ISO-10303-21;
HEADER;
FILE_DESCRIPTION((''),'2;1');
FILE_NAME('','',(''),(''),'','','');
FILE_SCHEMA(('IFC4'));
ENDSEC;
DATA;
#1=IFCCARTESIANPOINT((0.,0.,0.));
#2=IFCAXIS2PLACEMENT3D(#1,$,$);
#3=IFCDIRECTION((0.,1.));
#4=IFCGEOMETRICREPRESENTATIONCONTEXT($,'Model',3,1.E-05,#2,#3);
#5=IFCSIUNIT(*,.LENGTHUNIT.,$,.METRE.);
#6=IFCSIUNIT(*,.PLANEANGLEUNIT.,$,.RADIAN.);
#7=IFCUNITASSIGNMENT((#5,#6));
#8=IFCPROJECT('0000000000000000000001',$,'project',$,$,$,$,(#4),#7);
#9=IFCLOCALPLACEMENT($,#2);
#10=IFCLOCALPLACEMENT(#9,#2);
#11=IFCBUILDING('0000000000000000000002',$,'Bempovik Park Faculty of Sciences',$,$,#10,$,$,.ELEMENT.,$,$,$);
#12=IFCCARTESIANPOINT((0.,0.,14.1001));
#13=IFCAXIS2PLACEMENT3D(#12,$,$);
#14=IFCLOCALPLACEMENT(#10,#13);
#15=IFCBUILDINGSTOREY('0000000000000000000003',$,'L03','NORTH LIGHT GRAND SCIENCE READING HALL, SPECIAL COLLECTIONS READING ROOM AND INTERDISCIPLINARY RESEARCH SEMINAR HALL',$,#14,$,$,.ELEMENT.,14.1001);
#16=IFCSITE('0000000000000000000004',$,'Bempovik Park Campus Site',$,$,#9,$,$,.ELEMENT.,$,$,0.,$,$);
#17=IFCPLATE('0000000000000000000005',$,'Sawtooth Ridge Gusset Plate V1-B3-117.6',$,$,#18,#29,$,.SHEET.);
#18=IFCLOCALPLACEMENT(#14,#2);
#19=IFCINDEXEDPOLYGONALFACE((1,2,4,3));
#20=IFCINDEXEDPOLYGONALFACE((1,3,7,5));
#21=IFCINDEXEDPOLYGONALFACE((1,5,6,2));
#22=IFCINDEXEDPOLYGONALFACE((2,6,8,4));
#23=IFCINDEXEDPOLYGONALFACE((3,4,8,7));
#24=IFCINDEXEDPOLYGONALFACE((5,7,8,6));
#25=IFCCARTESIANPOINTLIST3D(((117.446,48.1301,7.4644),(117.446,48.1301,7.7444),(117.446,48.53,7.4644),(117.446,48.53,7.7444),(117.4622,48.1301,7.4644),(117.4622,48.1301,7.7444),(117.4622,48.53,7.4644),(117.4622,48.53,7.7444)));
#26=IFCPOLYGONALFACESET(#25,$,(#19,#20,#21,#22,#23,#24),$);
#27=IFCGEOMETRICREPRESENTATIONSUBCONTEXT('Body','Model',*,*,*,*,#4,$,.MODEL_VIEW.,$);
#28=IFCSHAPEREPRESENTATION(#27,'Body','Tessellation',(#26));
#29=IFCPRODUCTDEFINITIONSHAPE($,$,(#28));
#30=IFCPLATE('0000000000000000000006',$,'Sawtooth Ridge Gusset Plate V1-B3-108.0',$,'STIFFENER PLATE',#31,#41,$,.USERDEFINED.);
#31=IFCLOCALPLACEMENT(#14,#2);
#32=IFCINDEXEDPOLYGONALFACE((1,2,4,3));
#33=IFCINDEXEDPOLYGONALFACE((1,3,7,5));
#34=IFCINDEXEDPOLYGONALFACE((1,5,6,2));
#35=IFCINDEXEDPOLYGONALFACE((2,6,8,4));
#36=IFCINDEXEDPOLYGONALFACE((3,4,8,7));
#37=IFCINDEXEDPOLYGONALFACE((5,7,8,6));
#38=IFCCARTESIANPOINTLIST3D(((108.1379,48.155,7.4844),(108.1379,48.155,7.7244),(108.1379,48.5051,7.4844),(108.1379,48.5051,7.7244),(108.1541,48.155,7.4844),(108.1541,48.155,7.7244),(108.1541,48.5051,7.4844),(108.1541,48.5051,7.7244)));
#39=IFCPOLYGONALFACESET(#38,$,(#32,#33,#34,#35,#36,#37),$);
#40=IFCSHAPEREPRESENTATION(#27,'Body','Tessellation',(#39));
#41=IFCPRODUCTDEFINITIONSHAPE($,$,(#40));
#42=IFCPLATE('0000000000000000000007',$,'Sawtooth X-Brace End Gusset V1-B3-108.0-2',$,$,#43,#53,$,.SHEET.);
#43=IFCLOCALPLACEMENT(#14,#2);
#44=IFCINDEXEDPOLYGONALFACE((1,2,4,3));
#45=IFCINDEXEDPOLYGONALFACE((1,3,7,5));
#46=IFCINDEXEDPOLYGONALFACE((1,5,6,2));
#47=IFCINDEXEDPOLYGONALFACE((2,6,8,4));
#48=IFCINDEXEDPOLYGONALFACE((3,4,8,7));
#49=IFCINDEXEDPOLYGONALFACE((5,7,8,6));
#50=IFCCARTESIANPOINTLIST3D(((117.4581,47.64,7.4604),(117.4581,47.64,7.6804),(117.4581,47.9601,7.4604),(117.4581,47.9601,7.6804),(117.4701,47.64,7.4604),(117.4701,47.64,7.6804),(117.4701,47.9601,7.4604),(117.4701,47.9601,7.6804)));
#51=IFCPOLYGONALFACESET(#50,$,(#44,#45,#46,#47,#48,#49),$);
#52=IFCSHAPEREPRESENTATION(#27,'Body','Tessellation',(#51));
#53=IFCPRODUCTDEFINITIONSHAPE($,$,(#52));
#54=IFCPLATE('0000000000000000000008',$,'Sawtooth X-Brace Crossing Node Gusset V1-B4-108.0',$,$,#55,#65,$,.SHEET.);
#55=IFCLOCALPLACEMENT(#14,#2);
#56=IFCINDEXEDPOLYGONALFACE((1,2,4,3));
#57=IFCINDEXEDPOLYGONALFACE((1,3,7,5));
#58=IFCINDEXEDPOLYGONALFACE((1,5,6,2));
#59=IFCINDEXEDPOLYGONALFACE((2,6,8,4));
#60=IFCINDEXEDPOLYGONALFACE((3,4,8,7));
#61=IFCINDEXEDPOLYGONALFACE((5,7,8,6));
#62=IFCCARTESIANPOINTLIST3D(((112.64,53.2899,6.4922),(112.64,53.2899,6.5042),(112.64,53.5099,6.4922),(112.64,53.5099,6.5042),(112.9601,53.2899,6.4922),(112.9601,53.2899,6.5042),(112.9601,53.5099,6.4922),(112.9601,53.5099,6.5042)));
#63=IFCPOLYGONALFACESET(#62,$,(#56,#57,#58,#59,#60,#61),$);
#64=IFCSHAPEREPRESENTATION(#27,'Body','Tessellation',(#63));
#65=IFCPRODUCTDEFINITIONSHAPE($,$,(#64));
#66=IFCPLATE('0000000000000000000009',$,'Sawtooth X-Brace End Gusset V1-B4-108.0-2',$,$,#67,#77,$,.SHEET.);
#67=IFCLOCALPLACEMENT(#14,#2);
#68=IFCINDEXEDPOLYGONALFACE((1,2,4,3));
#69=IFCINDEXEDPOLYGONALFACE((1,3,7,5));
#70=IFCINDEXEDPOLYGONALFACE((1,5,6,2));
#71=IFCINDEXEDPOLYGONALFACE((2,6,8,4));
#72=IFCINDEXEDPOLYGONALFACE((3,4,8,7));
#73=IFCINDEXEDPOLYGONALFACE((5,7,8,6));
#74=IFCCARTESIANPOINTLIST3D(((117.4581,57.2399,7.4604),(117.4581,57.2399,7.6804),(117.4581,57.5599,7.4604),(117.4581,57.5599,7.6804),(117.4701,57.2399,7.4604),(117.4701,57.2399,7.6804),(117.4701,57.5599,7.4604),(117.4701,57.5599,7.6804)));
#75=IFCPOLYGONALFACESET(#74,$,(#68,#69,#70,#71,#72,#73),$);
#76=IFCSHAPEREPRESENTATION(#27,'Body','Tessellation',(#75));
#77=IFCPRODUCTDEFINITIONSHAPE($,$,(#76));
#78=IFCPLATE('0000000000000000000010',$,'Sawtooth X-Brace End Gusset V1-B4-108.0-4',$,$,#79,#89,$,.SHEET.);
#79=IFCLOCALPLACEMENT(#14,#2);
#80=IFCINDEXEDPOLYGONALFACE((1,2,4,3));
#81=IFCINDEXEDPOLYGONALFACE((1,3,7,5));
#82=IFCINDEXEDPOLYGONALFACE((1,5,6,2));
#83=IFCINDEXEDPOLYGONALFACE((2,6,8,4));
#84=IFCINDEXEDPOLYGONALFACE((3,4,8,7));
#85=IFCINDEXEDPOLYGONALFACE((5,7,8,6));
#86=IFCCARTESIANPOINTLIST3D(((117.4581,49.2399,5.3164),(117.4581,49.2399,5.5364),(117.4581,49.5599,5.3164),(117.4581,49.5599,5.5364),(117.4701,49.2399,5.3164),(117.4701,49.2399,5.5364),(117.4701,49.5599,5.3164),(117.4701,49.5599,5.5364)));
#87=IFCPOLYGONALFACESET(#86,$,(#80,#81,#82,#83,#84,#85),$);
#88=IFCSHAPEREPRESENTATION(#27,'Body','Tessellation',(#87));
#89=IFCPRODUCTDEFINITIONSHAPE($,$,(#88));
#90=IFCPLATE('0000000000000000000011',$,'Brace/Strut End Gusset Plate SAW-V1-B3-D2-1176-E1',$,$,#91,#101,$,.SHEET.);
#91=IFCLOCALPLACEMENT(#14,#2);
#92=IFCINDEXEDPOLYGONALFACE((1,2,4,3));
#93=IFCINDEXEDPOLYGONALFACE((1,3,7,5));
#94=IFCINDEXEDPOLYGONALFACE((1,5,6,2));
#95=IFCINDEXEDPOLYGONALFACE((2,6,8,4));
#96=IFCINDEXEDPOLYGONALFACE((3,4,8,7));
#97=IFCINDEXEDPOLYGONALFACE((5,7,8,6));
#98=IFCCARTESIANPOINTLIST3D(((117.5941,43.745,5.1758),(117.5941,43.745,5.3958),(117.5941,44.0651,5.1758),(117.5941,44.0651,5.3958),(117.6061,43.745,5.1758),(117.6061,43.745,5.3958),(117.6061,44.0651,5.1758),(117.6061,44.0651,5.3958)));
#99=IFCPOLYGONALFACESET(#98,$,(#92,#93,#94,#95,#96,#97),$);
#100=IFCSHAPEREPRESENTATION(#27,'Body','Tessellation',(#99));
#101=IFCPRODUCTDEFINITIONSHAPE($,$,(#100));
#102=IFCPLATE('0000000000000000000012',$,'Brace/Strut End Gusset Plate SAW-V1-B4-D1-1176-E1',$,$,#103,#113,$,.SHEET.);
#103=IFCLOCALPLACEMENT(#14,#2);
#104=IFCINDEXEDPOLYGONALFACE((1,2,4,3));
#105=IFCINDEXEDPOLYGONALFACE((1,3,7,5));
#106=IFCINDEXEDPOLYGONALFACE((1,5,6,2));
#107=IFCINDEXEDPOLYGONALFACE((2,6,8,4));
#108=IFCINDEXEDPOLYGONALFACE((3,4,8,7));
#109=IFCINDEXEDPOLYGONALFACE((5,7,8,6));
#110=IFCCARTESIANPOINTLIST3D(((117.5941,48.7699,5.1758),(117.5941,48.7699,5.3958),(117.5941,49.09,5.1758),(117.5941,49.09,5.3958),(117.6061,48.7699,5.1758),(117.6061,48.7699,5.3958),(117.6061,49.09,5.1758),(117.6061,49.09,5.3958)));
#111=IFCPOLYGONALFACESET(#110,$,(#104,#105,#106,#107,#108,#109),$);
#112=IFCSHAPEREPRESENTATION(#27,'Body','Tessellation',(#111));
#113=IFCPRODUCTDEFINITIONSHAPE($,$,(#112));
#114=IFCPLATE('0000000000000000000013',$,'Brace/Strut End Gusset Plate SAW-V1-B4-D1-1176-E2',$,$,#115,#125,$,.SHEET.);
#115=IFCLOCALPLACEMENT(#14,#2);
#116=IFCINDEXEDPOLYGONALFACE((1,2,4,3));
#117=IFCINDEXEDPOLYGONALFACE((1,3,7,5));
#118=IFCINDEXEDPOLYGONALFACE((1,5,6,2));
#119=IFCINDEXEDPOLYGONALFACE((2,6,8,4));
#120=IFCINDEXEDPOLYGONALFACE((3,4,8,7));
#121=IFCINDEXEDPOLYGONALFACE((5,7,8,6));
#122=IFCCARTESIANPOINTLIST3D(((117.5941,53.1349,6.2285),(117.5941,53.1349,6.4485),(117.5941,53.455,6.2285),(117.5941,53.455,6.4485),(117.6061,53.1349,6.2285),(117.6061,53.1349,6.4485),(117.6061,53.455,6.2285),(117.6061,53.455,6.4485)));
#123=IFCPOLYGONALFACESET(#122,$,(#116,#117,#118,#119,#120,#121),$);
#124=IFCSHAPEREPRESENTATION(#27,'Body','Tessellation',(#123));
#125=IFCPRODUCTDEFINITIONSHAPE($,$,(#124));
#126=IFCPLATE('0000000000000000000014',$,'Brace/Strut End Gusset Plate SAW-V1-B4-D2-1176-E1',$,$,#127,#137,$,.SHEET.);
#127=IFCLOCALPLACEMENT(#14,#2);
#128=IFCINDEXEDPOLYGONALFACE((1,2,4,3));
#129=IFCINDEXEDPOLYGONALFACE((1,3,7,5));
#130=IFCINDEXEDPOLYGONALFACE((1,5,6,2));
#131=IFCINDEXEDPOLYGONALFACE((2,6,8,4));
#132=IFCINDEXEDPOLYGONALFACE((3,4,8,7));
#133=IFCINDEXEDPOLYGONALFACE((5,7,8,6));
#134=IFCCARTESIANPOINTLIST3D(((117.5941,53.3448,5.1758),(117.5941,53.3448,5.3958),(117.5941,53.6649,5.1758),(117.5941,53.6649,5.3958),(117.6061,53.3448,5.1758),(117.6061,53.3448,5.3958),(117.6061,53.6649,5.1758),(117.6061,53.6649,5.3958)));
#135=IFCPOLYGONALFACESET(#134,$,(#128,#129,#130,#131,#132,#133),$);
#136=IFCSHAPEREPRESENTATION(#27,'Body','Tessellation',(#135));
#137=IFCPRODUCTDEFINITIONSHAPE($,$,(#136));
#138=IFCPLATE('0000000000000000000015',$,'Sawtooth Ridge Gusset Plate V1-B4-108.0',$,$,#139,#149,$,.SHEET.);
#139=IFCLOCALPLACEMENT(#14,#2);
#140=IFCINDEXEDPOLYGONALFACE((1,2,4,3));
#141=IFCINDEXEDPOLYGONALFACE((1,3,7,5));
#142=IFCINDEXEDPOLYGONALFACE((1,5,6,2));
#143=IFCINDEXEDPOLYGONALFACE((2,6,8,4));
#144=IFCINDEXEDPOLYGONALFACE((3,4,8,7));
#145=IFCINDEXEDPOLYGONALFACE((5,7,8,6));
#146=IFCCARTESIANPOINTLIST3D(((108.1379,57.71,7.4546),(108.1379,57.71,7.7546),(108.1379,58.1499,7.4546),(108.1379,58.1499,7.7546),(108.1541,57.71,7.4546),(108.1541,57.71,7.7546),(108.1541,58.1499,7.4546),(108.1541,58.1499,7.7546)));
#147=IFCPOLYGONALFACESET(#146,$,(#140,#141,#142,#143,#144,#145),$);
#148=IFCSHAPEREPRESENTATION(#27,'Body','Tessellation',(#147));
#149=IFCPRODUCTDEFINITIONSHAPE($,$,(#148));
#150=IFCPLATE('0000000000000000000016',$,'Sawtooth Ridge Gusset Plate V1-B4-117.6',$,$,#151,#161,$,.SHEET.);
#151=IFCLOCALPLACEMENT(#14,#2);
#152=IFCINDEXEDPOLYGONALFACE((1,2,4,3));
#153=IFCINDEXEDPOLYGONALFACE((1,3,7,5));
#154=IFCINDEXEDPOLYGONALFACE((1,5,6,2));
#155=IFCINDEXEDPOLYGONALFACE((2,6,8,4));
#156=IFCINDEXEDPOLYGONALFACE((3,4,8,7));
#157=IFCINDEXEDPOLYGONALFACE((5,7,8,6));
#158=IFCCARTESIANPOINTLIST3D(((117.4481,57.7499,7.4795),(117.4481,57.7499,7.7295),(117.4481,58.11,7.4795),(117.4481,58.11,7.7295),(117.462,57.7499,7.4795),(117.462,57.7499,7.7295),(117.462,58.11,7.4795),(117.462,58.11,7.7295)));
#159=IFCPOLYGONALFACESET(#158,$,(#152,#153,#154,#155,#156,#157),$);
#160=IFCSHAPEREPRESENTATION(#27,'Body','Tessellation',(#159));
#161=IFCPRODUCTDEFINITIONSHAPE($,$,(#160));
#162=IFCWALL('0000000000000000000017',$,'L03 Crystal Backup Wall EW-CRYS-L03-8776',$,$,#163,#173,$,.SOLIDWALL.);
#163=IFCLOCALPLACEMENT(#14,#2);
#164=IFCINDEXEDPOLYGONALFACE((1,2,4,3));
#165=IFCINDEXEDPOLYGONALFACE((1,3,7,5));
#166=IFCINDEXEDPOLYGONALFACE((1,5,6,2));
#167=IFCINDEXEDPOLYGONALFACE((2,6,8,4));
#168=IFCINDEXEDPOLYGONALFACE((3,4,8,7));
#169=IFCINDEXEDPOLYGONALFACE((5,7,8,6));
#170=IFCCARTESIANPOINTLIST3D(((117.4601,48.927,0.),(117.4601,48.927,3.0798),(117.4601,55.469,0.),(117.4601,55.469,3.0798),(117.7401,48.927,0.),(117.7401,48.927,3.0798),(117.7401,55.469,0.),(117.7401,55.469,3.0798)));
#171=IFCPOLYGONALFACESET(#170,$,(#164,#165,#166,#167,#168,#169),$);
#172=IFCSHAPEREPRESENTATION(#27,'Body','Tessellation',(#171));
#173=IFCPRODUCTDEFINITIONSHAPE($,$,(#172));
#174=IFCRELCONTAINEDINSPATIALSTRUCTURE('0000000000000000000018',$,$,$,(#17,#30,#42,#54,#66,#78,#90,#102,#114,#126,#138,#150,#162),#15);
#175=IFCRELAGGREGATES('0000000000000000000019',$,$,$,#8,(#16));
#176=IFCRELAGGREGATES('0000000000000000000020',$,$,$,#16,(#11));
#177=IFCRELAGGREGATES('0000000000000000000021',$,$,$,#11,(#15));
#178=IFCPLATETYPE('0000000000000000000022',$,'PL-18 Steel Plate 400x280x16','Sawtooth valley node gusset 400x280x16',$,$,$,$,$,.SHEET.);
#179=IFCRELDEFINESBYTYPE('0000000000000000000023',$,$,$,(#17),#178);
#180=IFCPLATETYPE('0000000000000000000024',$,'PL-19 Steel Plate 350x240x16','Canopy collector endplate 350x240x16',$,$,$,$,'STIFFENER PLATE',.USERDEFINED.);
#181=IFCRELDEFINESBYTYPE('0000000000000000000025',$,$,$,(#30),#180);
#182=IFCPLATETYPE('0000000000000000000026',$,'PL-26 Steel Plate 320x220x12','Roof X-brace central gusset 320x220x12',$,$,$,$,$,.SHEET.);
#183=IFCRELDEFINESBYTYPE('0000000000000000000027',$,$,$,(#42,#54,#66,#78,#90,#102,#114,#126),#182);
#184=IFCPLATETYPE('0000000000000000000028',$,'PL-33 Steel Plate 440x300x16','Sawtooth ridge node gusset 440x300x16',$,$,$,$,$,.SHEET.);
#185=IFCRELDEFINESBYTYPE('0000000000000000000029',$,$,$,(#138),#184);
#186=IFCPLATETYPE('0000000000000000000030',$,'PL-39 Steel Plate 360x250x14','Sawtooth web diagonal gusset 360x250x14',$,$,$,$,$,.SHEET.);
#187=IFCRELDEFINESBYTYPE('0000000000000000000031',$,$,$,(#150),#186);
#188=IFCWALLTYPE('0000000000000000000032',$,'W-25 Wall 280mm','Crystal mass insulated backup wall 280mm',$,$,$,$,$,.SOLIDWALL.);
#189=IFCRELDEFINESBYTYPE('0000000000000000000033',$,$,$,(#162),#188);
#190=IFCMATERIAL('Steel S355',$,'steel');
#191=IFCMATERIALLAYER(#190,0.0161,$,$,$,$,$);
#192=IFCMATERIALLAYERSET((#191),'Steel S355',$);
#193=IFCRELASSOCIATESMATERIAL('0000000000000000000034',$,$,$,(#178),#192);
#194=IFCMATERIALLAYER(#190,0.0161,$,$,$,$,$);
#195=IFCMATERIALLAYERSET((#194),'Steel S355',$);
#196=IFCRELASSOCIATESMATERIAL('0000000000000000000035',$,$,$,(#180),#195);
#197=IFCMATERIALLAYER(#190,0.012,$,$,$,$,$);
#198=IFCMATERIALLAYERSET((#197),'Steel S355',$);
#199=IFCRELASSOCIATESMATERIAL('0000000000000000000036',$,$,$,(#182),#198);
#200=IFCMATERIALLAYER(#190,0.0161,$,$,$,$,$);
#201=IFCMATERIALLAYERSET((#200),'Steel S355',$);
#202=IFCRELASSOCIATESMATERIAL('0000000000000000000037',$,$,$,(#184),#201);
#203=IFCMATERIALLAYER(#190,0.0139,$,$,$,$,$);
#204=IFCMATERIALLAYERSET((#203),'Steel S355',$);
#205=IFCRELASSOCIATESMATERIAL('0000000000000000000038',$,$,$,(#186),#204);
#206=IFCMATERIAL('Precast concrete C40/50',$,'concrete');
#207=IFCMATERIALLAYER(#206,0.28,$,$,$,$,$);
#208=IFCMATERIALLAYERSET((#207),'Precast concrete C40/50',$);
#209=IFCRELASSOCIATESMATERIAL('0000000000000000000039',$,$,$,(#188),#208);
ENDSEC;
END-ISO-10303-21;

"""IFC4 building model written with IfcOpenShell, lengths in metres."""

from ifc_helpers import new_model, si_unit, direction, frame, frame_2d, origin, origin_2d, place, context, subcontext, project, spatial, rectangle, extrude, material, layer, layer_set, type_object, element, save


model = new_model("IFC4")

# Units and contexts
model_context = context("Model", 3, precision=1e-05, world=origin(), true_north=direction((0.0, 1.0)))
body_context = subcontext(model_context, "Body", "Model", "MODEL_VIEW")
ifc_project = project(units=[si_unit("LENGTHUNIT", "METRE"), si_unit("PLANEANGLEUNIT", "RADIAN")], contexts=[model_context])

# Site, building, storey
site_placement = place(None, origin())
site = spatial("IfcSite", under=ifc_project, at=site_placement, Name="Bempovik Park Campus Site", CompositionType="ELEMENT", RefElevation=0.0)
building_placement = place(site_placement, origin())
building = spatial("IfcBuilding", under=site, at=building_placement, Name="Bempovik Park Faculty of Sciences", CompositionType="ELEMENT")
storey_placement = place(building_placement, frame((0.0, 0.0, 14.1001)))
storey = spatial("IfcBuildingStorey", under=building, at=storey_placement, Name="L03", Description="NORTH LIGHT GRAND SCIENCE READING HALL, SPECIAL COLLECTIONS READING ROOM AND INTERDISCIPLINARY RESEARCH SEMINAR HALL", CompositionType="ELEMENT", Elevation=14.1001)

# Shared definitions
ifc_material_1 = material(Name="Steel S355", Category="steel")

# Plates
ifc_layer_1 = layer(ifc_material_1, 0.0161)
ifc_layer_set_1 = layer_set([ifc_layer_1], Name="Steel S355")
plate_type_1 = type_object("IfcPlateType", Name="PL-18 Steel Plate 400x280x16", Description="Sawtooth valley node gusset 400x280x16", PredefinedType="SHEET", material=ifc_layer_set_1)
plate_1_placement = place(storey_placement, frame((117.4541, 48.3301, 7.4644), z_axis=(0.0, 0.0, 1.0), x_axis=(1.0, 0.0, 0.0)))
element("IfcPlate", 1, at=plate_1_placement, inside=storey, type_object=plate_type_1, Name="Sawtooth Ridge Gusset Plate V1-B3-117.6", PredefinedType="SHEET", context=body_context, shape_type="SweptSolid", body=[
    extrude(rectangle(XDim=0.0161, YDim=0.3999, at=origin_2d()), origin(), (0.0, 0.0, 1.0), 0.28),
])
ifc_layer_2 = layer(ifc_material_1, 0.0161)
ifc_layer_set_2 = layer_set([ifc_layer_2], Name="Steel S355")
plate_type_2 = type_object("IfcPlateType", Name="PL-19 Steel Plate 350x240x16", Description="Canopy collector endplate 350x240x16", ElementType="STIFFENER PLATE", PredefinedType="USERDEFINED", material=ifc_layer_set_2)
plate_2_placement = place(storey_placement, frame((108.146, 48.3301, 7.4844), z_axis=(0.0, 0.0, 1.0), x_axis=(1.0, 0.0, 0.0)))
element("IfcPlate", 2, at=plate_2_placement, inside=storey, type_object=plate_type_2, Name="Sawtooth Ridge Gusset Plate V1-B3-108.0", ObjectType="STIFFENER PLATE", PredefinedType="USERDEFINED", context=body_context, shape_type="SweptSolid", body=[
    extrude(rectangle(XDim=0.0161, YDim=0.3501, at=origin_2d()), origin(), (0.0, 0.0, 1.0), 0.24),
])
ifc_layer_3 = layer(ifc_material_1, 0.012)
ifc_layer_set_3 = layer_set([ifc_layer_3], Name="Steel S355")
plate_type_3 = type_object("IfcPlateType", Name="PL-26 Steel Plate 320x220x12", Description="Roof X-brace central gusset 320x220x12", PredefinedType="SHEET", material=ifc_layer_set_3)
plate_3_placement = place(storey_placement, frame((117.4641, 47.8, 7.4604), z_axis=(0.0, 0.0, 1.0), x_axis=(1.0, 0.0, 0.0)))
element("IfcPlate", 3, at=plate_3_placement, inside=storey, type_object=plate_type_3, Name="Sawtooth X-Brace End Gusset V1-B3-108.0-2", PredefinedType="SHEET", context=body_context, shape_type="SweptSolid", body=[
    extrude(rectangle(XDim=0.012, YDim=0.3201, at=origin_2d()), origin(), (0.0, 0.0, 1.0), 0.22),
])
plate_4_placement = place(storey_placement, frame((112.8, 53.3999, 6.4922), z_axis=(0.0, 0.0, 1.0), x_axis=(1.0, 0.0, 0.0)))
element("IfcPlate", 4, at=plate_4_placement, inside=storey, type_object=plate_type_3, Name="Sawtooth X-Brace Crossing Node Gusset V1-B4-108.0", PredefinedType="SHEET", context=body_context, shape_type="SweptSolid", body=[
    extrude(rectangle(XDim=0.3201, YDim=0.22, at=origin_2d()), origin(), (0.0, 0.0, 1.0), 0.012),
])
for number, where, z_axis, x_axis, name in (
    (5, (117.4641, 57.3999, 7.4604), (0.0, 0.0, 1.0), (1.0, 0.0, 0.0), "Sawtooth X-Brace End Gusset V1-B4-108.0-2"),
    (6, (117.4641, 49.3999, 5.3164), (0.0, 0.0, 1.0), (1.0, 0.0, 0.0), "Sawtooth X-Brace End Gusset V1-B4-108.0-4"),
    (7, (117.6001, 43.905, 5.1758), (0.0, 0.0, 1.0), (1.0, 0.0, 0.0), "Brace/Strut End Gusset Plate SAW-V1-B3-D2-1176-E1"),
    (8, (117.6001, 48.9299, 5.1758), (0.0, 0.0, 1.0), (1.0, 0.0, 0.0), "Brace/Strut End Gusset Plate SAW-V1-B4-D1-1176-E1"),
    (9, (117.6001, 53.2949, 6.2285), (0.0, 0.0, 1.0), (1.0, 0.0, 0.0), "Brace/Strut End Gusset Plate SAW-V1-B4-D1-1176-E2"),
    (10, (117.6001, 53.5049, 5.1758), (0.0, 0.0, 1.0), (1.0, 0.0, 0.0), "Brace/Strut End Gusset Plate SAW-V1-B4-D2-1176-E1"),
):
    element("IfcPlate", number, at=place(storey_placement, frame(where, z_axis=z_axis, x_axis=x_axis)), inside=storey, type_object=plate_type_3, Name=name, PredefinedType="SHEET", context=body_context, shape_type="SweptSolid", body=[
        extrude(rectangle(XDim=0.012, YDim=0.3201, at=origin_2d()), origin(), (0.0, 0.0, 1.0), 0.22),
    ])
ifc_layer_4 = layer(ifc_material_1, 0.0161)
ifc_layer_set_4 = layer_set([ifc_layer_4], Name="Steel S355")
plate_type_4 = type_object("IfcPlateType", Name="PL-33 Steel Plate 440x300x16", Description="Sawtooth ridge node gusset 440x300x16", PredefinedType="SHEET", material=ifc_layer_set_4)
plate_5_placement = place(storey_placement, frame((108.146, 57.9299, 7.4546), z_axis=(0.0, 0.0, 1.0), x_axis=(1.0, 0.0, 0.0)))
element("IfcPlate", 11, at=plate_5_placement, inside=storey, type_object=plate_type_4, Name="Sawtooth Ridge Gusset Plate V1-B4-108.0", PredefinedType="SHEET", context=body_context, shape_type="SweptSolid", body=[
    extrude(rectangle(XDim=0.0161, YDim=0.4399, at=origin_2d()), origin(), (0.0, 0.0, 1.0), 0.3),
])
ifc_layer_5 = layer(ifc_material_1, 0.0139)
ifc_layer_set_5 = layer_set([ifc_layer_5], Name="Steel S355")
plate_type_5 = type_object("IfcPlateType", Name="PL-39 Steel Plate 360x250x14", Description="Sawtooth web diagonal gusset 360x250x14", PredefinedType="SHEET", material=ifc_layer_set_5)
plate_6_placement = place(storey_placement, frame((117.4551, 57.9299, 7.4795), z_axis=(0.0, 0.0, 1.0), x_axis=(1.0, 0.0, 0.0)))
element("IfcPlate", 12, at=plate_6_placement, inside=storey, type_object=plate_type_5, Name="Sawtooth Ridge Gusset Plate V1-B4-117.6", PredefinedType="SHEET", context=body_context, shape_type="SweptSolid", body=[
    extrude(rectangle(XDim=0.0139, YDim=0.3601, at=origin_2d()), origin(), (0.0, 0.0, 1.0), 0.25),
])

# Wall
ifc_material_2 = material(Name="Precast concrete C40/50", Category="concrete")
ifc_layer_6 = layer(ifc_material_2, 0.28)
ifc_layer_set_6 = layer_set([ifc_layer_6], Name="Precast concrete C40/50")
wall_type = type_object("IfcWallType", Name="W-25 Wall 280mm", Description="Crystal mass insulated backup wall 280mm", PredefinedType="SOLIDWALL", material=ifc_layer_set_6)
wall_placement = place(storey_placement, frame((117.6001, 48.927, 0.0), z_axis=(0.0, 0.0, 1.0), x_axis=(0.0, 1.0, 0.0)))
element("IfcWall", 13, at=wall_placement, inside=storey, type_object=wall_type, Name="L03 Crystal Backup Wall EW-CRYS-L03-8776", PredefinedType="SOLIDWALL", context=body_context, shape_type="SweptSolid", body=[
    extrude(rectangle(XDim=6.542, YDim=0.28, at=frame_2d((3.271, 0.0))), origin(), (0.0, 0.0, 1.0), 3.0798),
])

save(model, "model.ifc")
